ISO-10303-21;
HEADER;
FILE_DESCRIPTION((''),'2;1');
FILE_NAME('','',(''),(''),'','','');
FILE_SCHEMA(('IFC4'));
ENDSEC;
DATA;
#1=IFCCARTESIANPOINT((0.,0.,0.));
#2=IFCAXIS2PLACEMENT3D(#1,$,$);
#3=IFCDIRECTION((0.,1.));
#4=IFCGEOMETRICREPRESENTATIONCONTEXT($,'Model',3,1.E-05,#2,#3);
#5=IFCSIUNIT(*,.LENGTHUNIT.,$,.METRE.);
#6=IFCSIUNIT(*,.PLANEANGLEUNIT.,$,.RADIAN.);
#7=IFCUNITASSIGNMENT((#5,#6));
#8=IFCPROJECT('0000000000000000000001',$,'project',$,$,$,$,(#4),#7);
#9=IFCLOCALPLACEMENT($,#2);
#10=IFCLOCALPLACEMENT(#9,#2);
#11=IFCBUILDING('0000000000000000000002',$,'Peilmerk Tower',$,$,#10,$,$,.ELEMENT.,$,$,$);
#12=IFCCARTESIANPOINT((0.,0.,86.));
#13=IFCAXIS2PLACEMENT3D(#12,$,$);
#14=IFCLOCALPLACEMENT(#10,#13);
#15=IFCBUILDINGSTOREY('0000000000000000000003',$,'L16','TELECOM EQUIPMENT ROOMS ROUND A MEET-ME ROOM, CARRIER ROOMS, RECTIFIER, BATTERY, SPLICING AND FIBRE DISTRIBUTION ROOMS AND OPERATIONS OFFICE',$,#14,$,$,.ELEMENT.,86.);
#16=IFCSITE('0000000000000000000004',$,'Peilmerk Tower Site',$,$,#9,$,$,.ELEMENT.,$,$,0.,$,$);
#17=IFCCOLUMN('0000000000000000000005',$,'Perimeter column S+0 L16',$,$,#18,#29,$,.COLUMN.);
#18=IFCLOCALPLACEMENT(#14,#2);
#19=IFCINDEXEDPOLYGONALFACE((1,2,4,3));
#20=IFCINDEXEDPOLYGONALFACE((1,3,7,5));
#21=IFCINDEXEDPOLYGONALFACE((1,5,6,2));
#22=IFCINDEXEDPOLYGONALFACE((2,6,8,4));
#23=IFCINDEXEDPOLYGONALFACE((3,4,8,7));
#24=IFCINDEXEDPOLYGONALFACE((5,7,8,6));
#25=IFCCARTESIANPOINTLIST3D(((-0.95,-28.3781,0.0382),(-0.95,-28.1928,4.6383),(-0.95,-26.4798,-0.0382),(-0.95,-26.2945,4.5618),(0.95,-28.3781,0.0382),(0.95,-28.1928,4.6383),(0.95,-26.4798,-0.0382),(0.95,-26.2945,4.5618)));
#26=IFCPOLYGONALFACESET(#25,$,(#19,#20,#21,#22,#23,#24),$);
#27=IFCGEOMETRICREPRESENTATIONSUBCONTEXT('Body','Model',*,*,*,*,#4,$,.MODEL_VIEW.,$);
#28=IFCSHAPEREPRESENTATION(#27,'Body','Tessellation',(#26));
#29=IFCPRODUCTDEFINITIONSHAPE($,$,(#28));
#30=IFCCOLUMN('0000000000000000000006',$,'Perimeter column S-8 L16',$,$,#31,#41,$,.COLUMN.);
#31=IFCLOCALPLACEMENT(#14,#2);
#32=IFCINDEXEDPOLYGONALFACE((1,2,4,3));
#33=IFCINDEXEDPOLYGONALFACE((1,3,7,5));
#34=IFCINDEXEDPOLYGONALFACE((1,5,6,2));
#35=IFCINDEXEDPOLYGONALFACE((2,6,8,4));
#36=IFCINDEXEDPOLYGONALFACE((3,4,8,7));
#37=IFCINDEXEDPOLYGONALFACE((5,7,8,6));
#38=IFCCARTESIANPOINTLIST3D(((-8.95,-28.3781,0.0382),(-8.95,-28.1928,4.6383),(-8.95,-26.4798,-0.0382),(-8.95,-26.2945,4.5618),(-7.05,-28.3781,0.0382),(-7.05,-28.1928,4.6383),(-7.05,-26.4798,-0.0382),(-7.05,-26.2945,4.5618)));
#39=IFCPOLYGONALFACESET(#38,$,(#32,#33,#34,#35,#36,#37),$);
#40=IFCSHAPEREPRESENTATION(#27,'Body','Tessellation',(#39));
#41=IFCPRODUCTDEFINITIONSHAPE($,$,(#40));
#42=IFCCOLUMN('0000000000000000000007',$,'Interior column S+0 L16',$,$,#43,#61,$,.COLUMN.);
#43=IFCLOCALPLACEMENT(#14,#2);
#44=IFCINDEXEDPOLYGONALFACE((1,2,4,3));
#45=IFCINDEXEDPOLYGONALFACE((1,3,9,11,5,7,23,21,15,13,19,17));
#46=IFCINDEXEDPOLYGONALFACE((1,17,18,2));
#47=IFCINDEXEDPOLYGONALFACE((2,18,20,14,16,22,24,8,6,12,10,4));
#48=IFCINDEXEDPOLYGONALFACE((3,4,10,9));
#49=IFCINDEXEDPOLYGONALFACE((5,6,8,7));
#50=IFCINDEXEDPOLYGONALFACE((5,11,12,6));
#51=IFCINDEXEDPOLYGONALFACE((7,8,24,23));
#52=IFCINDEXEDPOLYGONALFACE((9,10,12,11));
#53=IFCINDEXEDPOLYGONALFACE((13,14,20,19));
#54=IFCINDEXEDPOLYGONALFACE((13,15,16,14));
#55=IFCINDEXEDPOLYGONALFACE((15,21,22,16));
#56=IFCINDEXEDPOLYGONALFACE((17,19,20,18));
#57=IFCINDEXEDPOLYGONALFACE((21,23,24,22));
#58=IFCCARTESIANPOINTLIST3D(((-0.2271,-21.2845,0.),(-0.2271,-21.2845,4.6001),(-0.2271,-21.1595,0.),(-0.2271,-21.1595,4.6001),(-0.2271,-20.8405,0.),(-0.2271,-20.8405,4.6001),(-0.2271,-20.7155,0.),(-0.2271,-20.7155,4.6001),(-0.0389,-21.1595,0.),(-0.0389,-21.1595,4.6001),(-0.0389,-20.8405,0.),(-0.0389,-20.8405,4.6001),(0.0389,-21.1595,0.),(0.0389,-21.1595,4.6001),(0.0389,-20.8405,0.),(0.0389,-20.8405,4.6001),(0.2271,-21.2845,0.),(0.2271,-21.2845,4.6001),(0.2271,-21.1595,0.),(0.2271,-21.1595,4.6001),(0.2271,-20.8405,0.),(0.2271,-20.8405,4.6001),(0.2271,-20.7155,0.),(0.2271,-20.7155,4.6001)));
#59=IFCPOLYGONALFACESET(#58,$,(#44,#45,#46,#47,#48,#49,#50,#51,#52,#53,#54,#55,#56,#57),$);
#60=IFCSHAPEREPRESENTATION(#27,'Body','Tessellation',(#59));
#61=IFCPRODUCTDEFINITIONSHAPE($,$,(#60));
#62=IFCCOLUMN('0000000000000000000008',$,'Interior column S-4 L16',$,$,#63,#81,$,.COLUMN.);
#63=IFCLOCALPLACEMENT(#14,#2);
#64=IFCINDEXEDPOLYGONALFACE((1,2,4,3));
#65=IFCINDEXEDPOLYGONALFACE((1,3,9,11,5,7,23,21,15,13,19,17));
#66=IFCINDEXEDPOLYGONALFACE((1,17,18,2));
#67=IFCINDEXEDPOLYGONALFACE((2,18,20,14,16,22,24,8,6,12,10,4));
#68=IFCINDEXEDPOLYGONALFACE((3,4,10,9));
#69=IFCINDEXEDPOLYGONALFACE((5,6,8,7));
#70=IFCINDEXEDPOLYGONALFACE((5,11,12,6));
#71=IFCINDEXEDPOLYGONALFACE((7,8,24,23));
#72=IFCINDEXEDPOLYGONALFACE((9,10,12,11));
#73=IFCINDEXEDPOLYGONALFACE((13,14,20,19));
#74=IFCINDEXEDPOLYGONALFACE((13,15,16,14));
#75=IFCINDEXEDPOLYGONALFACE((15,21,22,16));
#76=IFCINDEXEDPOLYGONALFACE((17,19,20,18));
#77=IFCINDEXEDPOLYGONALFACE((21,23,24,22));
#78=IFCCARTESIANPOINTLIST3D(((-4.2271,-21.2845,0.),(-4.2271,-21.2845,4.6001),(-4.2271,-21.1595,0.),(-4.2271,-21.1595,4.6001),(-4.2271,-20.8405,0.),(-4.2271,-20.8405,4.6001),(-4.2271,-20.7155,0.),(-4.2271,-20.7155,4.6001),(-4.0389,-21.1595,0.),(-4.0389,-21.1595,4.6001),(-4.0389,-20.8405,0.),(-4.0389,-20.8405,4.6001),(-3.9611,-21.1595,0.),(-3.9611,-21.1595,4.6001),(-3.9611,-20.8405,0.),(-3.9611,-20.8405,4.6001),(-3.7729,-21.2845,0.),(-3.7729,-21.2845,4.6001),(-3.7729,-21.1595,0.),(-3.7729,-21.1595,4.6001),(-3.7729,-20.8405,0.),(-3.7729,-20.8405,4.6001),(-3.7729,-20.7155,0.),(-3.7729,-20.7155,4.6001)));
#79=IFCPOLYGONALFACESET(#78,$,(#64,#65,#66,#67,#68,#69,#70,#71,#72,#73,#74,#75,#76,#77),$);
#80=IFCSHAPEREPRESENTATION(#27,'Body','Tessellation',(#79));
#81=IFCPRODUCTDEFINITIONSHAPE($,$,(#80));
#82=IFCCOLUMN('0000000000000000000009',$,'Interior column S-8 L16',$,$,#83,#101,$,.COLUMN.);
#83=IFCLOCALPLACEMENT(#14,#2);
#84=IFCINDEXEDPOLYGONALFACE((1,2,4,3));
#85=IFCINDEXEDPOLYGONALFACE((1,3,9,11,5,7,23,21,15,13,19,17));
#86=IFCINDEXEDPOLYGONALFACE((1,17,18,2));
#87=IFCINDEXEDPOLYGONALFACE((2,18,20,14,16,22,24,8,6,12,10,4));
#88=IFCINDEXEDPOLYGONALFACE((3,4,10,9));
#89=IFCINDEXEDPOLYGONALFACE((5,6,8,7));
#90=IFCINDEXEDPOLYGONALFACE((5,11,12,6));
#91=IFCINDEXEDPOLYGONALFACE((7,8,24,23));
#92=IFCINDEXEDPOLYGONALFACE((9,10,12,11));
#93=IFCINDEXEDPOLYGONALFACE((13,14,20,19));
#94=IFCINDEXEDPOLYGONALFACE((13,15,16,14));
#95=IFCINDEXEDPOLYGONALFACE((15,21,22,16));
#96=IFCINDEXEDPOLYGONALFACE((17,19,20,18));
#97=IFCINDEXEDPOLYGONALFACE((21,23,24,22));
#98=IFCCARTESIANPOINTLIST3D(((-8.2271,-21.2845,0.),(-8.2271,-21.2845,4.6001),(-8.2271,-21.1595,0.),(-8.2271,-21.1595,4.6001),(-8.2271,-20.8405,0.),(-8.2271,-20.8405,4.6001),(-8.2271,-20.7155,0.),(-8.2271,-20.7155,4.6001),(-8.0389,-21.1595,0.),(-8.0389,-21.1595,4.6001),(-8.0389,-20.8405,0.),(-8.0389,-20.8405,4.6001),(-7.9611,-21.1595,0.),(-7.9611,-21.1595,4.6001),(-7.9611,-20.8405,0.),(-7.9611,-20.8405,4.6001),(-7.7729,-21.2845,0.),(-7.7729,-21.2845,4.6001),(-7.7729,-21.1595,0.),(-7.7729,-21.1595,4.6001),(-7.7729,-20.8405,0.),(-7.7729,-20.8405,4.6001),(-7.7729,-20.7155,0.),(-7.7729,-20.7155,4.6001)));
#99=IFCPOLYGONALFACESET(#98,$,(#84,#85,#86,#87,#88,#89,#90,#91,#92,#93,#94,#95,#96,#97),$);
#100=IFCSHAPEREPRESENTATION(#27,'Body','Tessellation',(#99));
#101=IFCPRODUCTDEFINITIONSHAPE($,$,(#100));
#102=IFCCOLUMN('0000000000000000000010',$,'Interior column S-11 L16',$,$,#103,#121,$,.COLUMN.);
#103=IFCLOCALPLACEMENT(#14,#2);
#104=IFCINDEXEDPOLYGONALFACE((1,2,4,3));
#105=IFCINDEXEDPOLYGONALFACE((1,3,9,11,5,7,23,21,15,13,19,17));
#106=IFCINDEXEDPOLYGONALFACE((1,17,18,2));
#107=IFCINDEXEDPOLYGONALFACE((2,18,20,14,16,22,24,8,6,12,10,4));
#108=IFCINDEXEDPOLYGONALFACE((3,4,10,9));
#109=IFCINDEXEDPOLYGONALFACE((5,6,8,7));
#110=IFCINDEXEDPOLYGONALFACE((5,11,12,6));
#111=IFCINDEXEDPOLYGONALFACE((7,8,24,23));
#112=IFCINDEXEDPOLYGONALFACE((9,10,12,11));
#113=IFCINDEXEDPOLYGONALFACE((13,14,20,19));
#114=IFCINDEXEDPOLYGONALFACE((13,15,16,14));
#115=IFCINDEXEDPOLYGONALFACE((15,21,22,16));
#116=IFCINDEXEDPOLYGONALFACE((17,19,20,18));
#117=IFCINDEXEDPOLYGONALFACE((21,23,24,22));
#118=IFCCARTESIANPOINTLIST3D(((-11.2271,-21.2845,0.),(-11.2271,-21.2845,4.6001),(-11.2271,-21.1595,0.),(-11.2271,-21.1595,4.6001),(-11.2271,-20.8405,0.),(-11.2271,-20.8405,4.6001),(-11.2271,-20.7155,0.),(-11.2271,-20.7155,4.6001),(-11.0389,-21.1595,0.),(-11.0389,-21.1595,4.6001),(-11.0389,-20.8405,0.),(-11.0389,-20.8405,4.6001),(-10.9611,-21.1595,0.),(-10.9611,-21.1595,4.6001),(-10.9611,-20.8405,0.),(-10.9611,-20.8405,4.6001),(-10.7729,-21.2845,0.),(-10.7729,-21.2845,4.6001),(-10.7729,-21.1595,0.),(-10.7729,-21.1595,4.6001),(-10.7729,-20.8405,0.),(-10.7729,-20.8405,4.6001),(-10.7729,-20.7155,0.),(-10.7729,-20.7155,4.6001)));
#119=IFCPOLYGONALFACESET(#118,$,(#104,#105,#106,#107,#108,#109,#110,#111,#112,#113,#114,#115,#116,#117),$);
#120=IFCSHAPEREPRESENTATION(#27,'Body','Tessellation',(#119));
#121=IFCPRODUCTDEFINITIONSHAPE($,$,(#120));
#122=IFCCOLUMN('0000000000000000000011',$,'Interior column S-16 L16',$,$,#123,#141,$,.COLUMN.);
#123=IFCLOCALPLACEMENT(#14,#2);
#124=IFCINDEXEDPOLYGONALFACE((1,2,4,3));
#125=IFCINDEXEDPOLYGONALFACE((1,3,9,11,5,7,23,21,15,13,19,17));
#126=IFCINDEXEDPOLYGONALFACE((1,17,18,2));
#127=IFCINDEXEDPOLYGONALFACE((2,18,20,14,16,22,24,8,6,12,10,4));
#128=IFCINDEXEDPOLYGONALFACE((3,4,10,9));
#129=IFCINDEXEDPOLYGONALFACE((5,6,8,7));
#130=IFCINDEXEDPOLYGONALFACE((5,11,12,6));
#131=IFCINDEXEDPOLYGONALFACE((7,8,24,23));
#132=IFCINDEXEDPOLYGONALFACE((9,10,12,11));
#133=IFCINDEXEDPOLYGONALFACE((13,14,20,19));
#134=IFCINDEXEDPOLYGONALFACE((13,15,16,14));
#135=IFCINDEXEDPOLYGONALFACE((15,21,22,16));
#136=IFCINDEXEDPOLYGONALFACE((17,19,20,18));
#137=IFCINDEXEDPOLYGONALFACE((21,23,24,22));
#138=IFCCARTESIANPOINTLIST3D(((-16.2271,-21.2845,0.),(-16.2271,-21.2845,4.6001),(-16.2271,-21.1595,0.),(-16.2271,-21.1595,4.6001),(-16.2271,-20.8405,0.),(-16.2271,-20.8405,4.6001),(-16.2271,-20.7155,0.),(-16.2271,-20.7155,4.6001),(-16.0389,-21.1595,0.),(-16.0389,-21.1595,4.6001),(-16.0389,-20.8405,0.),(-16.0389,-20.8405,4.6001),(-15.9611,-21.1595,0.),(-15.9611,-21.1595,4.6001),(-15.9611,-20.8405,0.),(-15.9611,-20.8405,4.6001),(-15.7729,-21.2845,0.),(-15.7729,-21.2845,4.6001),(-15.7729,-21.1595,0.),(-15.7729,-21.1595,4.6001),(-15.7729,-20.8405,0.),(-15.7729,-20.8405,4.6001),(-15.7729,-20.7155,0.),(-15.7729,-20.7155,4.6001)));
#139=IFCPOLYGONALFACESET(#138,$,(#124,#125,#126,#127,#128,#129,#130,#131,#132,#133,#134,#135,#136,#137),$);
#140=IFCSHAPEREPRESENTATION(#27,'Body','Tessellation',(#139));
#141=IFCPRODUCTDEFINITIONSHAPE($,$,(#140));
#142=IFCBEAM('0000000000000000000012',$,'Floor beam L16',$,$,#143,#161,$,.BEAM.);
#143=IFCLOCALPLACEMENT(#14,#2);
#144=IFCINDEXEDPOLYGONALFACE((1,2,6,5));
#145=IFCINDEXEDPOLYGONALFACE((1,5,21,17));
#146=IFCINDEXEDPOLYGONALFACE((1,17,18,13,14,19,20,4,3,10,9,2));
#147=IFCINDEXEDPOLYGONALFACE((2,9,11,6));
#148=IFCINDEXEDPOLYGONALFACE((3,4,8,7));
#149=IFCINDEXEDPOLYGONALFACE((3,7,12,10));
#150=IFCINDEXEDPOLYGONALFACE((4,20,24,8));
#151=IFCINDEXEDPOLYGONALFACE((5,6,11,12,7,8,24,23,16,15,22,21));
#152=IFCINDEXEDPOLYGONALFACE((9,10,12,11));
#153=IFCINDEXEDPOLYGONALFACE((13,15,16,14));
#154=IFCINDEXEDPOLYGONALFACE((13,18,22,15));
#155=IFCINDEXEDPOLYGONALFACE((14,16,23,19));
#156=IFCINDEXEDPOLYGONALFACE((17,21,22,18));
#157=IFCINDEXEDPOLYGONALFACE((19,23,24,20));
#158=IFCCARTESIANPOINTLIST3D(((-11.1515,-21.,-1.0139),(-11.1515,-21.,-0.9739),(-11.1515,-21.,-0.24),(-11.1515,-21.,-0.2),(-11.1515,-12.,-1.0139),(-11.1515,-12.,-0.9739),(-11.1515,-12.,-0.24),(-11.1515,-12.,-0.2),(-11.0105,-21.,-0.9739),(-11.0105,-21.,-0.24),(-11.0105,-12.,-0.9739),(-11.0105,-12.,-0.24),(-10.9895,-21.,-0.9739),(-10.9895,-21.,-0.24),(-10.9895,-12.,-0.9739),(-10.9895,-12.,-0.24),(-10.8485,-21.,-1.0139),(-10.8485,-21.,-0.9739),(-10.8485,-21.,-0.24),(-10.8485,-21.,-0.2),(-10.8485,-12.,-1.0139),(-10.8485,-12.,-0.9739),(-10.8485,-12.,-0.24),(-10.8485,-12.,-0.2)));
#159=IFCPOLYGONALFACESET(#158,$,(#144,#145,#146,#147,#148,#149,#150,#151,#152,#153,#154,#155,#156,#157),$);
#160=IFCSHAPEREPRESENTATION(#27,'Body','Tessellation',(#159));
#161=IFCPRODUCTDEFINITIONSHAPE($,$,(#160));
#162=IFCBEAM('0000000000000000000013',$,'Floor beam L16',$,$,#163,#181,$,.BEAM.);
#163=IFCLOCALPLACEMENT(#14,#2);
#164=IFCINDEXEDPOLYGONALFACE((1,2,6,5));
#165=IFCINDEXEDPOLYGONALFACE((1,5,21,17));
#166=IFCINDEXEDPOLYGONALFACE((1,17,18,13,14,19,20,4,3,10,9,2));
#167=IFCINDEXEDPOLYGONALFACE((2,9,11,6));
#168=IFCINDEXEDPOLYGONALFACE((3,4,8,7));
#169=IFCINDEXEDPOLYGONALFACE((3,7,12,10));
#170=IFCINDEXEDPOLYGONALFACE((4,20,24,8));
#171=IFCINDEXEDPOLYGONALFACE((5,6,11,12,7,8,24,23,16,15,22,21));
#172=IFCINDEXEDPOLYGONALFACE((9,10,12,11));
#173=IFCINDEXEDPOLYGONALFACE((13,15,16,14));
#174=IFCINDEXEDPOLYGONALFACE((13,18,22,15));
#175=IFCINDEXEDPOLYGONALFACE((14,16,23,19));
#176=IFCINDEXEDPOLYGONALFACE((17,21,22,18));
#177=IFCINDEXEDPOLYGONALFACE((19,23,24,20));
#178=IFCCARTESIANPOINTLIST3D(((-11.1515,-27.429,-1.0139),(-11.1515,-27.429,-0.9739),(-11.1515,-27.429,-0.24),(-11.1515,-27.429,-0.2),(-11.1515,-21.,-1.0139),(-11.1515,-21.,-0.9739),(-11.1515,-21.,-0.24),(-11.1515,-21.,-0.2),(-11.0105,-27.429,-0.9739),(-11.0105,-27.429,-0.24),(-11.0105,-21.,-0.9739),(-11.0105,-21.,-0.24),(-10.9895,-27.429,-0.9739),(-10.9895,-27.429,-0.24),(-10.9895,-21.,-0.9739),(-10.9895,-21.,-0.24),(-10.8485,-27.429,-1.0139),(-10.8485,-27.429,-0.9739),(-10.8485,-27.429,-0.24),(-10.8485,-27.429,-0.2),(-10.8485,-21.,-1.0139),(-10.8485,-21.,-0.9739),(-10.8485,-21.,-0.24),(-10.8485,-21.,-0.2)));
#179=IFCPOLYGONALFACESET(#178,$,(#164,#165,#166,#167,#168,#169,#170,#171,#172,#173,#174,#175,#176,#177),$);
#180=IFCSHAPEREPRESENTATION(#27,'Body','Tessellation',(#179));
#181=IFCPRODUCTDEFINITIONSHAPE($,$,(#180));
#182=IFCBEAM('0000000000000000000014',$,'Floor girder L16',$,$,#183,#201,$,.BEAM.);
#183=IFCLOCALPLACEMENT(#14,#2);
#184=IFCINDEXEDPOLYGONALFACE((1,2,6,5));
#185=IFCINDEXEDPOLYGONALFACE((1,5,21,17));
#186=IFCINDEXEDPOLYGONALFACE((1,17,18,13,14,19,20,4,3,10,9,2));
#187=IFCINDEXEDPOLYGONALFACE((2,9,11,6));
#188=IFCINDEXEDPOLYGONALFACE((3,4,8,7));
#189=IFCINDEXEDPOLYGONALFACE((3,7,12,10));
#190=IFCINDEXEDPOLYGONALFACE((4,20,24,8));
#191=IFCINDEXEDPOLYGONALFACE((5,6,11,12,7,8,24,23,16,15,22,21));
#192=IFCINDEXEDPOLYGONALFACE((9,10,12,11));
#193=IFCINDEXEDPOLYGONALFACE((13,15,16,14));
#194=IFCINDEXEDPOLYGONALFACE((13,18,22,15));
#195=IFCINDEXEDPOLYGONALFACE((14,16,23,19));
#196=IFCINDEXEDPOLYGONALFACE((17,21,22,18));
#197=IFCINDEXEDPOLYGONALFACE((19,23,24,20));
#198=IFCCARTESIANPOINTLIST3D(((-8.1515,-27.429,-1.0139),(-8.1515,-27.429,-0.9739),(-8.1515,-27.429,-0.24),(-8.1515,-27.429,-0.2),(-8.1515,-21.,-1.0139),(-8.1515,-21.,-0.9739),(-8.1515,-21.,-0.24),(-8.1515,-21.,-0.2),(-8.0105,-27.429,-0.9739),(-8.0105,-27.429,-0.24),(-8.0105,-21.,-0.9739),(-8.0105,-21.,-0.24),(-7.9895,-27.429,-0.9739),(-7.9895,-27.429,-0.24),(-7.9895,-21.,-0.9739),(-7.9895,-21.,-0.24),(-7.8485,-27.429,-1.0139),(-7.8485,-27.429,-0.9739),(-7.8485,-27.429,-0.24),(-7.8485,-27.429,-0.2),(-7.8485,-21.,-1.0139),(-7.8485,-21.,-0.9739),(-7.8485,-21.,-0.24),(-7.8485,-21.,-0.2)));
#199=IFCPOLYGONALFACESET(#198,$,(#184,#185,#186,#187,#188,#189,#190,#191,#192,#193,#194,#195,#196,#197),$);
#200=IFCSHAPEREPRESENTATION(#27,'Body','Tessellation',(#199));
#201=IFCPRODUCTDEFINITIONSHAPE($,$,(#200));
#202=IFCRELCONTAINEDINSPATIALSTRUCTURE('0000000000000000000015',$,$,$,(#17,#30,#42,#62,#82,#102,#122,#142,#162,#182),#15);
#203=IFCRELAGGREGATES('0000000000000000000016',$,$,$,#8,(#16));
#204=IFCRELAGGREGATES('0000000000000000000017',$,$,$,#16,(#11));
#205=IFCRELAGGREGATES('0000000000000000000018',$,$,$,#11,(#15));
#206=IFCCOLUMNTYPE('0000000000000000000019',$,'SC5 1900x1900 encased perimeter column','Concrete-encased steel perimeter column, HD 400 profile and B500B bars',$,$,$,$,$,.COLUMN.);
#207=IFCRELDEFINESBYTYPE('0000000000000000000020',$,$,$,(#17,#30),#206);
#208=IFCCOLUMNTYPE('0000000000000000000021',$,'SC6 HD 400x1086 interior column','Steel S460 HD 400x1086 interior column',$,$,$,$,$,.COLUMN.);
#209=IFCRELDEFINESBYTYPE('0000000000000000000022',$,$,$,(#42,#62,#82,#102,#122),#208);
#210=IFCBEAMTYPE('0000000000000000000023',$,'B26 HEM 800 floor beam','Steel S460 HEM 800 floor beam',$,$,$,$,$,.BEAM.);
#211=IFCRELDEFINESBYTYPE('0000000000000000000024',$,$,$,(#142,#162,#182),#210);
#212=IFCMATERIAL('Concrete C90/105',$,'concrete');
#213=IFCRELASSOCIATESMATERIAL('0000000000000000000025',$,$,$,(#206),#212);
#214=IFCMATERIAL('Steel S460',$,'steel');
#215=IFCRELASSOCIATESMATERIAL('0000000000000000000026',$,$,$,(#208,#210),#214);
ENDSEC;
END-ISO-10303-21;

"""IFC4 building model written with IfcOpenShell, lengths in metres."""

from ifc_helpers import new_model, si_unit, direction, frame, origin, origin_2d, place, context, subcontext, project, spatial, rectangle, i_section, extrude, material, material_profile, profile_set, type_object, element, save


model = new_model("IFC4")

# Units and contexts
model_context = context("Model", 3, precision=1e-05, world=origin(), true_north=direction((0.0, 1.0)))
body_context = subcontext(model_context, "Body", "Model", "MODEL_VIEW")
ifc_project = project(units=[si_unit("LENGTHUNIT", "METRE"), si_unit("PLANEANGLEUNIT", "RADIAN")], contexts=[model_context])

# Site, building, storey
site_placement = place(None, origin())
site = spatial("IfcSite", under=ifc_project, at=site_placement, Name="Peilmerk Tower Site", CompositionType="ELEMENT", RefElevation=0.0)
building_placement = place(site_placement, origin())
building = spatial("IfcBuilding", under=site, at=building_placement, Name="Peilmerk Tower", CompositionType="ELEMENT")
storey_placement = place(building_placement, frame((0.0, 0.0, 86.0)))
storey = spatial("IfcBuildingStorey", under=building, at=storey_placement, Name="L16", Description="TELECOM EQUIPMENT ROOMS ROUND A MEET-ME ROOM, CARRIER ROOMS, RECTIFIER, BATTERY, SPLICING AND FIBRE DISTRIBUTION ROOMS AND OPERATIONS OFFICE", CompositionType="ELEMENT", Elevation=86.0)

# Columns
ifc_material_1 = material(Name="Concrete C90/105", Category="concrete")
ifc_material_profile_1 = material_profile(ifc_material_1, rectangle(XDim=1.8999, YDim=1.8999, at=origin_2d()), Name="RC 1900x1900")
ifc_profile_set_1 = profile_set([ifc_material_profile_1], Name="Concrete C90/105")
column_type_1 = type_object("IfcColumnType", Name="SC5 1900x1900 encased perimeter column", Description="Concrete-encased steel perimeter column, HD 400 profile and B500B bars", PredefinedType="COLUMN", material=ifc_profile_set_1)
for number, where, z_axis, x_axis, name in (
    (1, (0.0, -27.429, 0.0), (0.0, 0.04025, 0.99919), (-1.0, 0.0, 0.0), "Perimeter column S+0 L16"),
    (2, (-8.0, -27.429, 0.0), (0.0, 0.04025, 0.99919), (-1.0, 0.0, 0.0), "Perimeter column S-8 L16"),
):
    element("IfcColumn", number, at=place(storey_placement, frame(where, z_axis=z_axis, x_axis=x_axis)), inside=storey, type_object=column_type_1, Name=name, PredefinedType="COLUMN", context=body_context, shape_type="SweptSolid", body=[
        extrude(rectangle(XDim=1.8999, YDim=1.8999, at=origin_2d()), origin(), (0.0, 0.0, 1.0), 4.6038),
    ])
ifc_material_2 = material(Name="Steel S460", Category="steel")
ifc_material_profile_2 = material_profile(ifc_material_2, i_section(OverallWidth=0.4541, OverallDepth=0.5691, WebThickness=0.0779, FlangeThickness=0.125, at=origin_2d()), Name="HD 400x1086")
ifc_profile_set_2 = profile_set([ifc_material_profile_2], Name="Steel S460")
column_type_2 = type_object("IfcColumnType", Name="SC6 HD 400x1086 interior column", Description="Steel S460 HD 400x1086 interior column", PredefinedType="COLUMN", material=ifc_profile_set_2)
for number, where, z_axis, x_axis, name in (
    (3, (0.0, -21.0, 0.0), (0.0, 0.0, 1.0), (1.0, 0.0, 0.0), "Interior column S+0 L16"),
    (4, (-4.0, -21.0, 0.0), (0.0, 0.0, 1.0), (1.0, 0.0, 0.0), "Interior column S-4 L16"),
    (5, (-8.0, -21.0, 0.0), (0.0, 0.0, 1.0), (1.0, 0.0, 0.0), "Interior column S-8 L16"),
    (6, (-11.0, -21.0, 0.0), (0.0, 0.0, 1.0), (1.0, 0.0, 0.0), "Interior column S-11 L16"),
    (7, (-16.0, -21.0, 0.0), (0.0, 0.0, 1.0), (1.0, 0.0, 0.0), "Interior column S-16 L16"),
):
    element("IfcColumn", number, at=place(storey_placement, frame(where, z_axis=z_axis, x_axis=x_axis)), inside=storey, type_object=column_type_2, Name=name, PredefinedType="COLUMN", context=body_context, shape_type="SweptSolid", body=[
        extrude(i_section(OverallWidth=0.4541, OverallDepth=0.5691, WebThickness=0.0779, FlangeThickness=0.125, at=origin_2d()), origin(), (0.0, 0.0, 1.0), 4.6001),
    ])

# Beams
ifc_material_profile_3 = material_profile(ifc_material_2, i_section(OverallWidth=0.303, OverallDepth=0.814, WebThickness=0.021, FlangeThickness=0.04, at=origin_2d()), Name="HEM 800")
ifc_profile_set_3 = profile_set([ifc_material_profile_3], Name="Steel S460")
beam_type = type_object("IfcBeamType", Name="B26 HEM 800 floor beam", Description="Steel S460 HEM 800 floor beam", PredefinedType="BEAM", material=ifc_profile_set_3)
beam_1_placement = place(storey_placement, frame((-11.0, -12.0, -0.6069), z_axis=(0.0, -1.0, 0.0), x_axis=(1.0, 0.0, 0.0)))
element("IfcBeam", 8, at=beam_1_placement, inside=storey, type_object=beam_type, Name="Floor beam L16", PredefinedType="BEAM", context=body_context, shape_type="SweptSolid", body=[
    extrude(i_section(OverallWidth=0.303, OverallDepth=0.814, WebThickness=0.021, FlangeThickness=0.04, at=origin_2d()), origin(), (0.0, 0.0, 1.0), 9.0),
])
for number, where, z_axis, x_axis, name in (
    (9, (-11.0, -21.0, -0.6069), (0.0, -1.0, 0.0), (1.0, 0.0, 0.0), "Floor beam L16"),
    (10, (-8.0, -21.0, -0.6069), (0.0, -1.0, 0.0), (1.0, 0.0, 0.0), "Floor girder L16"),
):
    element("IfcBeam", number, at=place(storey_placement, frame(where, z_axis=z_axis, x_axis=x_axis)), inside=storey, type_object=beam_type, Name=name, PredefinedType="BEAM", context=body_context, shape_type="SweptSolid", body=[
        extrude(i_section(OverallWidth=0.303, OverallDepth=0.814, WebThickness=0.021, FlangeThickness=0.04, at=origin_2d()), origin(), (0.0, 0.0, 1.0), 6.429),
    ])

save(model, "model.ifc")
